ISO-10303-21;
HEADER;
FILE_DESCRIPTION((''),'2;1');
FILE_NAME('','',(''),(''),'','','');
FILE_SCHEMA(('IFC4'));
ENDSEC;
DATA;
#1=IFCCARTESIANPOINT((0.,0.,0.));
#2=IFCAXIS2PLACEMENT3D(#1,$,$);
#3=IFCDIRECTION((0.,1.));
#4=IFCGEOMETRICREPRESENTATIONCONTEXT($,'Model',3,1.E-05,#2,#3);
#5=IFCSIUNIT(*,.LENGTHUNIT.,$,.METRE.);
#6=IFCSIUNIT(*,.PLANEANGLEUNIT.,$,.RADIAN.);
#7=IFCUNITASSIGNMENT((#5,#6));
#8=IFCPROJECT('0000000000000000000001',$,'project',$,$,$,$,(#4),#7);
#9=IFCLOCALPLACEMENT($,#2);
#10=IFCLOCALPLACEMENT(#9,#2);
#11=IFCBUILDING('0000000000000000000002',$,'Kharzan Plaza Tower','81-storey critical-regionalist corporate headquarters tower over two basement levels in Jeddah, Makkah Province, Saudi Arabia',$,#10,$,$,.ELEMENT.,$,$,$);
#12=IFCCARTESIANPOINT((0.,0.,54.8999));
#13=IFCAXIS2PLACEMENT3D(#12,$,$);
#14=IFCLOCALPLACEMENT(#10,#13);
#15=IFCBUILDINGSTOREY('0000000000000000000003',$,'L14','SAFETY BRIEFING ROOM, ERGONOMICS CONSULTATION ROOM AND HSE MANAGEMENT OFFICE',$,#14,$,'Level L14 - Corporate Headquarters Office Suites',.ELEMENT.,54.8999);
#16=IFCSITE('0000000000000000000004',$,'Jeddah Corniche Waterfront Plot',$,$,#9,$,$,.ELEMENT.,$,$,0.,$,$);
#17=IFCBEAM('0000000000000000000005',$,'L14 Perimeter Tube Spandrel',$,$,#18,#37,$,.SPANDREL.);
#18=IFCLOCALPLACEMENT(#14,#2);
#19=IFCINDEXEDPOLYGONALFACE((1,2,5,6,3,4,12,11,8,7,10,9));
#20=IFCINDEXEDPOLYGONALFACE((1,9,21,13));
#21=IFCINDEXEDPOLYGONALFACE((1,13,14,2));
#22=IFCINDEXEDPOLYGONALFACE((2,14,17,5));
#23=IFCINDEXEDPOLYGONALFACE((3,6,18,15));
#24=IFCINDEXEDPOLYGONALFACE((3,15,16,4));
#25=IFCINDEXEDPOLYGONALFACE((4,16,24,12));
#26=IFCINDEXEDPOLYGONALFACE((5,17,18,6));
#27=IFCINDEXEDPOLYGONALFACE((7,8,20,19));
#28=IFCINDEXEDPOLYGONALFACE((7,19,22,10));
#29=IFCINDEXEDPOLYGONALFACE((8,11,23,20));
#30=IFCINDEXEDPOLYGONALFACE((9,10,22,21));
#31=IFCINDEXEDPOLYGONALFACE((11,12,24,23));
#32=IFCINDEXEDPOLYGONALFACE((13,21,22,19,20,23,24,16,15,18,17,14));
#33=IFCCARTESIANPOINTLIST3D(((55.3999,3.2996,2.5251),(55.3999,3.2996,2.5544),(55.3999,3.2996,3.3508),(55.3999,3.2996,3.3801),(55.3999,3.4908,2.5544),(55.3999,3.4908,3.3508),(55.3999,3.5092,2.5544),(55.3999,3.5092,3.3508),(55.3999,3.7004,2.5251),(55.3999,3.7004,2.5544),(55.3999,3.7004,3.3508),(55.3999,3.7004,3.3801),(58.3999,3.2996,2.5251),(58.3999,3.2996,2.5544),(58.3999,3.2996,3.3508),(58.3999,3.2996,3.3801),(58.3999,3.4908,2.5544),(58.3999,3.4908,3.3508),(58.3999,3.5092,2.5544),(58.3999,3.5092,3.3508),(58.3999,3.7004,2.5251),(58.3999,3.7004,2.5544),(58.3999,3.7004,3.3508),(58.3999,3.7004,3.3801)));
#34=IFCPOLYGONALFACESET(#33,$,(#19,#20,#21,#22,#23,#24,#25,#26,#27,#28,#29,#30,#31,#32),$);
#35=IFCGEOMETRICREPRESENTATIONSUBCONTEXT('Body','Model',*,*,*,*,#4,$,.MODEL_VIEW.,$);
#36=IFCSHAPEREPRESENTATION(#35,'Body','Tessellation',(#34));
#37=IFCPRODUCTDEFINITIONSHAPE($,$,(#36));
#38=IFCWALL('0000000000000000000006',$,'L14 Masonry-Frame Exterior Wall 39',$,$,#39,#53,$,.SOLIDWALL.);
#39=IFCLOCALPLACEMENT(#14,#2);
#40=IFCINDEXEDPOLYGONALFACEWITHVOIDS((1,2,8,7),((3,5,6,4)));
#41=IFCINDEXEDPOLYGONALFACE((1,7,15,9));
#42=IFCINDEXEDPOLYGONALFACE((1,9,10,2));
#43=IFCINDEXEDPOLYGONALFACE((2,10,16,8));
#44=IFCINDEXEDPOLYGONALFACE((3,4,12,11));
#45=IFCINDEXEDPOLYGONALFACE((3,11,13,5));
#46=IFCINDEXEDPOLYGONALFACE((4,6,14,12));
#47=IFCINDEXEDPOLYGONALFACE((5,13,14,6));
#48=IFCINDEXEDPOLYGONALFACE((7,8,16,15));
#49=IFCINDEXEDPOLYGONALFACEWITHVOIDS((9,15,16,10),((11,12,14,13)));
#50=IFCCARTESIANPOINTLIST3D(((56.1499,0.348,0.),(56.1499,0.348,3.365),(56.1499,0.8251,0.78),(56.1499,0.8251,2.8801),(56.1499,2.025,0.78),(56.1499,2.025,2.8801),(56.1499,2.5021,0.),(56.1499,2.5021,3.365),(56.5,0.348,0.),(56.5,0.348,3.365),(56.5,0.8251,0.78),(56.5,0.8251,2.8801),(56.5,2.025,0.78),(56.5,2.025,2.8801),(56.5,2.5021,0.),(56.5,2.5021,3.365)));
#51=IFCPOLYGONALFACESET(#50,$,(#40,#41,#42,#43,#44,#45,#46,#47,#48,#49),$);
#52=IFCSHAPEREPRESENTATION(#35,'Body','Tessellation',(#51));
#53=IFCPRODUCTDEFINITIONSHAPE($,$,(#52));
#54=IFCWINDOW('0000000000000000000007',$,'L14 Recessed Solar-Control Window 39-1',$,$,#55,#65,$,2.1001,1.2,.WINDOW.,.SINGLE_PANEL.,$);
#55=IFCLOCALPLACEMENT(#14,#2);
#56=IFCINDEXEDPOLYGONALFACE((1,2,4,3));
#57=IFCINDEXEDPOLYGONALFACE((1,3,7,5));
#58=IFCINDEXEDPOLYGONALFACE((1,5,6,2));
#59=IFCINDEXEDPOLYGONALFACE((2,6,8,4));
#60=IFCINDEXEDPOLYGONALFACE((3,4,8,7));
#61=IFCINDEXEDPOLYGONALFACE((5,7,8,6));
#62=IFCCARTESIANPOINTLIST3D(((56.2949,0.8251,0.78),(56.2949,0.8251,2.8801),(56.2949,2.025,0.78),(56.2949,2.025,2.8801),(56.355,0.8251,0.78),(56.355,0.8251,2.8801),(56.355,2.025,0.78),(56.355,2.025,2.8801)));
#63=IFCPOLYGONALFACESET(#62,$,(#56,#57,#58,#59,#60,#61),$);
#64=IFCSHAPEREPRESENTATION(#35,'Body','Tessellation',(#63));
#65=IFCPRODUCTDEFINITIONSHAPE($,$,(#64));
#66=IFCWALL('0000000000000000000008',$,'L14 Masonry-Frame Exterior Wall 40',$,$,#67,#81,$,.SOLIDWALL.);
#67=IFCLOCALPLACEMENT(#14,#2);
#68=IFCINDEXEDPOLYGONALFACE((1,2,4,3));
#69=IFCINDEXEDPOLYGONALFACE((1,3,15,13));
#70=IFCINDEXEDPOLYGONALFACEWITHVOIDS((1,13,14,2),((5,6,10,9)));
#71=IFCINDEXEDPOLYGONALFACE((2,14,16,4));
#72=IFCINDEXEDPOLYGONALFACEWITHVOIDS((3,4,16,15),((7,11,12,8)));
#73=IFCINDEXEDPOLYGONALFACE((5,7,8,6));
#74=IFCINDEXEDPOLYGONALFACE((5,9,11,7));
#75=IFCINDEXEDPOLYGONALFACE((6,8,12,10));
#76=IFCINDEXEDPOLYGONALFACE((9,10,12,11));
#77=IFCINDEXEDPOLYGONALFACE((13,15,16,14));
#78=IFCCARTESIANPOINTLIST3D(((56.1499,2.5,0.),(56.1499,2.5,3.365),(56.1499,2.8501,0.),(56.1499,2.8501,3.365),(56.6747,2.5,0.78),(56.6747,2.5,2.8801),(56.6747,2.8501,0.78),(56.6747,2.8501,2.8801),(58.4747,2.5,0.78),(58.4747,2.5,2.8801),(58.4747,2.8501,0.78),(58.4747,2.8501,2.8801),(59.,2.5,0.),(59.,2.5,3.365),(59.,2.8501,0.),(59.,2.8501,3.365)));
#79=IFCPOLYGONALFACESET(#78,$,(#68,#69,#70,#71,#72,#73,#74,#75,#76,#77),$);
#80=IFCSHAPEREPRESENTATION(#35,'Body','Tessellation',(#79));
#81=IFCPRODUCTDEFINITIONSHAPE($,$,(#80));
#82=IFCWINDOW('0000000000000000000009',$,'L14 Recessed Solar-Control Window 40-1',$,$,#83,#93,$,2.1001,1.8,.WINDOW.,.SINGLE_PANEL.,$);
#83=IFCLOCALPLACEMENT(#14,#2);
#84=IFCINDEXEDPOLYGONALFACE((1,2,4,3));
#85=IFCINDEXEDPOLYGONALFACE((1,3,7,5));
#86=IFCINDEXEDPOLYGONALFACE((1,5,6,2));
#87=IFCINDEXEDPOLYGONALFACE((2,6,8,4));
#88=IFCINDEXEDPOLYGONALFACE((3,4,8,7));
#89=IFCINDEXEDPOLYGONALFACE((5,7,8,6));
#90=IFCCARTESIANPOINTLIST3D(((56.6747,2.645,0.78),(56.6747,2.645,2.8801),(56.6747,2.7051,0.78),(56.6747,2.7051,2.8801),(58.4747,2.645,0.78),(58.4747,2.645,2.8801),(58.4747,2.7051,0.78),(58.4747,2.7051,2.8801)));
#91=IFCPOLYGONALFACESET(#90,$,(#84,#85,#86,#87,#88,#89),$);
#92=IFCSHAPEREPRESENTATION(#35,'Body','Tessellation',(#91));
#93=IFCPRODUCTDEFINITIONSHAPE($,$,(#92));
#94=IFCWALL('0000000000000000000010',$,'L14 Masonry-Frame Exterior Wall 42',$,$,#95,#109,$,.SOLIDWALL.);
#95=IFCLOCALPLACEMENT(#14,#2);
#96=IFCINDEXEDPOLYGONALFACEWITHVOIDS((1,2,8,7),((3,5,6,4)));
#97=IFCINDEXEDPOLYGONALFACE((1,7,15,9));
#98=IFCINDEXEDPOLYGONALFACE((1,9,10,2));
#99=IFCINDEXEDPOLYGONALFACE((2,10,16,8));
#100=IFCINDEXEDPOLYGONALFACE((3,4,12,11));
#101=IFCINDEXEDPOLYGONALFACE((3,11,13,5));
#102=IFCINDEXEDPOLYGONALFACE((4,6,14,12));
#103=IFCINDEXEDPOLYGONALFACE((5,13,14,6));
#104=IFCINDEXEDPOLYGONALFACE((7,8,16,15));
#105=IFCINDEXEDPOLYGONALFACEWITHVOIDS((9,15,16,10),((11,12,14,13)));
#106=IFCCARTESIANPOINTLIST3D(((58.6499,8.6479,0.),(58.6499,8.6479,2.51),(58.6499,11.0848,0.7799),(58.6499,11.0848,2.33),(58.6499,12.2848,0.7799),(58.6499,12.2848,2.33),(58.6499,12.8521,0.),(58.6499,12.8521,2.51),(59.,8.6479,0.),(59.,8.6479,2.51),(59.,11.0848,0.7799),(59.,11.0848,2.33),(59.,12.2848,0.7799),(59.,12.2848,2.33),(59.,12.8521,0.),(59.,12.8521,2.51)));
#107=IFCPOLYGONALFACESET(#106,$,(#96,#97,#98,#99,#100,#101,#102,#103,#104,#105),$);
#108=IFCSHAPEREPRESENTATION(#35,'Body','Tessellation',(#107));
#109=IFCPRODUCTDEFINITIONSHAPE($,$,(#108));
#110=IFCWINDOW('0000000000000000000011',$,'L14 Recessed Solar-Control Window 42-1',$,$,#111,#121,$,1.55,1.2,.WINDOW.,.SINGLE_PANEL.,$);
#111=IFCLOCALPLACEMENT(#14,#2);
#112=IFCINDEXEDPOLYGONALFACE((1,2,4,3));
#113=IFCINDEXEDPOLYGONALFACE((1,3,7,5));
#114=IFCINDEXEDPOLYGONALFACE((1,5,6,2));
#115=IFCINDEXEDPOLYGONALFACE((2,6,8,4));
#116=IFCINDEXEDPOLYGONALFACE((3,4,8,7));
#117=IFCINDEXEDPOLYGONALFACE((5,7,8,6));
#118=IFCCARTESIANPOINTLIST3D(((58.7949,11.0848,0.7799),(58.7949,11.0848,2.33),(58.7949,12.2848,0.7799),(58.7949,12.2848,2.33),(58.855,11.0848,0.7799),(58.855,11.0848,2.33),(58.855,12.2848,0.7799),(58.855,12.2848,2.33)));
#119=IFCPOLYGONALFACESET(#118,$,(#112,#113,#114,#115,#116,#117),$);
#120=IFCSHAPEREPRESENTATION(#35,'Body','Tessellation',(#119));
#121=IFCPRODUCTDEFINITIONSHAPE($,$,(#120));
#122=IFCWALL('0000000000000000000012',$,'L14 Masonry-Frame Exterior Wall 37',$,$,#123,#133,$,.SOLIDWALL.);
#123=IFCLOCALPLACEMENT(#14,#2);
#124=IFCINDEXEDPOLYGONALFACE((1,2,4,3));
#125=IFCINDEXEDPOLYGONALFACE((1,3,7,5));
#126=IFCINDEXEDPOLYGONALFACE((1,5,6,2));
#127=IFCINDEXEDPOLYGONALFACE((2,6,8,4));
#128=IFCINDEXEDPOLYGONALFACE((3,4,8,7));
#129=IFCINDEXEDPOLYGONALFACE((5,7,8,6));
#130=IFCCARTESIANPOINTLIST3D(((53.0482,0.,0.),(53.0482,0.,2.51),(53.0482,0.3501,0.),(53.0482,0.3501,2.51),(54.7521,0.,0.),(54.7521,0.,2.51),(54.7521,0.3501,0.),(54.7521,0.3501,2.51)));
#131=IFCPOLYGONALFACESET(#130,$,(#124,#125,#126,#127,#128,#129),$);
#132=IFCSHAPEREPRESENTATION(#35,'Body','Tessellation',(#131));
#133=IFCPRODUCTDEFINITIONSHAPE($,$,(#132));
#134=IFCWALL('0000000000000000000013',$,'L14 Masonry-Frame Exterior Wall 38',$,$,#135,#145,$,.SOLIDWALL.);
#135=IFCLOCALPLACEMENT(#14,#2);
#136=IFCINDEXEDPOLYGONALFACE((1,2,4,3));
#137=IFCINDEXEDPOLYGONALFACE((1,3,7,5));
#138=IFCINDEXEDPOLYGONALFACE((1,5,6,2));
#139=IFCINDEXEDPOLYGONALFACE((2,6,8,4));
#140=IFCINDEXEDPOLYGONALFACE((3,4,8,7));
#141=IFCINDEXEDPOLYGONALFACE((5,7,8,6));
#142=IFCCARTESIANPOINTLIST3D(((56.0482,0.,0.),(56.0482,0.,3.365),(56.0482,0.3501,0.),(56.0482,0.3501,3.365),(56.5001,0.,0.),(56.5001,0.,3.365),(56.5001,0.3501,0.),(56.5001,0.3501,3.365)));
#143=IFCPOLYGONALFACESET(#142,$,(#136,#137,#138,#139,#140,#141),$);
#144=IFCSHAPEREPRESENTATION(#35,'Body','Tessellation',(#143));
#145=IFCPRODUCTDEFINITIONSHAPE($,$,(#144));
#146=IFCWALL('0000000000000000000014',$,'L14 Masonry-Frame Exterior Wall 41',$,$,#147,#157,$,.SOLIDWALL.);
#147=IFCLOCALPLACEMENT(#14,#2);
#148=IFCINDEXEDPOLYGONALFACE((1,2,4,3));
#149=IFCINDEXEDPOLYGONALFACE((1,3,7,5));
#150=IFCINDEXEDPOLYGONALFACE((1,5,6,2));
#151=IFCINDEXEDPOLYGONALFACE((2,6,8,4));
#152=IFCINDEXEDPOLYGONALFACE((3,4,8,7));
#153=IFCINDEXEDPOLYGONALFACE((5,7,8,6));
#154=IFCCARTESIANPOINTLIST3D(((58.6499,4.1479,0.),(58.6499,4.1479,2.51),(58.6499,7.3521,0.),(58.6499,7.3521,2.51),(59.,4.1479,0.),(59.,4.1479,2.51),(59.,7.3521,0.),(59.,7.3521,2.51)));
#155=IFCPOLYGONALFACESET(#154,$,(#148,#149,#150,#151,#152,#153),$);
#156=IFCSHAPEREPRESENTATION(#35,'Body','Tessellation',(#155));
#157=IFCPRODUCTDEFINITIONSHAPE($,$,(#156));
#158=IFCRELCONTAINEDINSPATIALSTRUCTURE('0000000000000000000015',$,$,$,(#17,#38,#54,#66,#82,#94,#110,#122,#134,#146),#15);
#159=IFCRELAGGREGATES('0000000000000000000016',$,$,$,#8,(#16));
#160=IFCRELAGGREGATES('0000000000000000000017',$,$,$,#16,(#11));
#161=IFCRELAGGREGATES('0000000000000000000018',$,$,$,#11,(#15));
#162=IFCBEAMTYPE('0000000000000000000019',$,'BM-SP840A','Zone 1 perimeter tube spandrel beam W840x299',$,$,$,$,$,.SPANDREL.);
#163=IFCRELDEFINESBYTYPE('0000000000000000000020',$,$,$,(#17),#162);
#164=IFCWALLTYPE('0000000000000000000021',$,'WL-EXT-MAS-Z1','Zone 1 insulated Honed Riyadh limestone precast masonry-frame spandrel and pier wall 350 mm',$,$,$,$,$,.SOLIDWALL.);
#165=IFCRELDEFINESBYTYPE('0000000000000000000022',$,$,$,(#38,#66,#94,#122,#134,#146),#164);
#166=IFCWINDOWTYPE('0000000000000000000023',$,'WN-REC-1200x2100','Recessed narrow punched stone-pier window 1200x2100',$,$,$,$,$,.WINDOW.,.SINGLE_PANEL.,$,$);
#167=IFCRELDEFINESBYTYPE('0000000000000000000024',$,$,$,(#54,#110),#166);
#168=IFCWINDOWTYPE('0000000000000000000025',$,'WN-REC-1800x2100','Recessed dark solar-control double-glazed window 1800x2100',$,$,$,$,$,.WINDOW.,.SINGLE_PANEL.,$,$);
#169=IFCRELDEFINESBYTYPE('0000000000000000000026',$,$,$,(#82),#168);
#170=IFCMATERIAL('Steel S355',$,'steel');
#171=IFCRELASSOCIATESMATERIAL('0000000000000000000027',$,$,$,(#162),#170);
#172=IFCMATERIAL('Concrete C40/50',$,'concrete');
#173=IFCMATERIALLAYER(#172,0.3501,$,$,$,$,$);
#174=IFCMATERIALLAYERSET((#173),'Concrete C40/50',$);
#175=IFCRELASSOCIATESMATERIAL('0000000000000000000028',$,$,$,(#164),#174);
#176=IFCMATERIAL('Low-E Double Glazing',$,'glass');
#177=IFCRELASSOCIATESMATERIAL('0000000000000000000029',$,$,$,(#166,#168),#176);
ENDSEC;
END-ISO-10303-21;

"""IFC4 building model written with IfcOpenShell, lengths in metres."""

from ifc_helpers import new_model, si_unit, direction, frame, frame_2d, origin, origin_2d, place, context, subcontext, project, spatial, rectangle, i_section, extrude, source, transform, mapped, material, layer, layer_set, material_profile, profile_set, type_object, element, fill, save


model = new_model("IFC4")

# Units and contexts
model_context = context("Model", 3, precision=1e-05, world=origin(), true_north=direction((0.0, 1.0)))
body_context = subcontext(model_context, "Body", "Model", "MODEL_VIEW")
ifc_project = project(units=[si_unit("LENGTHUNIT", "METRE"), si_unit("PLANEANGLEUNIT", "RADIAN")], contexts=[model_context])

# Site, building, storey
site_placement = place(None, origin())
site = spatial("IfcSite", under=ifc_project, at=site_placement, Name="Jeddah Corniche Waterfront Plot", CompositionType="ELEMENT", RefElevation=0.0)
building_placement = place(site_placement, origin())
building = spatial("IfcBuilding", under=site, at=building_placement, Name="Kharzan Plaza Tower", Description="81-storey critical-regionalist corporate headquarters tower over two basement levels in Jeddah, Makkah Province, Saudi Arabia", CompositionType="ELEMENT")
storey_placement = place(building_placement, frame((0.0, 0.0, 54.8999)))
storey = spatial("IfcBuildingStorey", under=building, at=storey_placement, Name="L14", Description="SAFETY BRIEFING ROOM, ERGONOMICS CONSULTATION ROOM AND HSE MANAGEMENT OFFICE", LongName="Level L14 - Corporate Headquarters Office Suites", CompositionType="ELEMENT", Elevation=54.8999)

# Beam
ifc_material_1 = material(Name="Steel S355", Category="steel")
ifc_material_profile_1 = material_profile(ifc_material_1, i_section(OverallWidth=0.4009, OverallDepth=0.855, WebThickness=0.0183, FlangeThickness=0.0293, at=origin_2d()), Name="W840x299")
ifc_profile_set_1 = profile_set([ifc_material_profile_1], Name="Steel S355")
beam_type_1 = type_object("IfcBeamType", Name="BM-SP840A", Description="Zone 1 perimeter tube spandrel beam W840x299", PredefinedType="SPANDREL", material=ifc_profile_set_1)
shared_shape_1 = source(origin(), body_context, "Body", "SweptSolid", [
    extrude(i_section(OverallWidth=0.4009, OverallDepth=0.855, WebThickness=0.0183, FlangeThickness=0.0293, at=origin_2d()), origin(), (0.0, 0.0, 1.0), 3.0),
])
for number, where, z_axis, x_axis, name in (
    (1, (55.3999, 3.5, 2.9526), (1.0, 0.0, 0.0), (0.0, 1.0, 0.0), "L14 Perimeter Tube Spandrel"),
):
    element("IfcBeam", number, at=place(storey_placement, frame(where, z_axis=z_axis, x_axis=x_axis)), inside=storey, type_object=beam_type_1, Name=name, PredefinedType="SPANDREL", context=body_context, shape_type="MappedRepresentation", body=[
        mapped(shared_shape_1, transform((0.0, 0.0, 0.0), x_axis=(1.0, 0.0, 0.0), y_axis=(0.0, 1.0, 0.0), z_axis=(0.0, 0.0, 1.0))),
    ])

# Walls, openings, windows
ifc_material_2 = material(Name="Concrete C40/50", Category="concrete")
ifc_layer = layer(ifc_material_2, 0.3501)
ifc_layer_set = layer_set([ifc_layer], Name="Concrete C40/50")
wall_type = type_object("IfcWallType", Name="WL-EXT-MAS-Z1", Description="Zone 1 insulated Honed Riyadh limestone precast masonry-frame spandrel and pier wall 350 mm", PredefinedType="SOLIDWALL", material=ifc_layer_set)
wall_1_placement = place(storey_placement, frame((56.325, 0.3479, 0.0), z_axis=(0.0, 0.0, 1.0), x_axis=(0.0, 1.0, 0.0)))
wall_1 = element("IfcWall", 2, at=wall_1_placement, inside=storey, type_object=wall_type, Name="L14 Masonry-Frame Exterior Wall 39", PredefinedType="SOLIDWALL", context=body_context, shape_type="SweptSolid", body=[
    extrude(rectangle(XDim=2.1541, YDim=0.3501, at=frame_2d((1.0771, 0.0))), origin(), (0.0, 0.0, 1.0), 3.365),
])
opening_1_placement = place(wall_1_placement, frame((0.4771, 0.0, 0.78)))
opening_1 = element("IfcOpeningElement", 3, at=opening_1_placement, cuts=wall_1, PredefinedType="OPENING", context=body_context, shape_type="SweptSolid", body=[
    extrude(rectangle(XDim=1.2, YDim=2.1001, at=frame_2d((0.6001, 1.05))), frame((0.0, 0.1851, 0.0), z_axis=(0.0, -1.0, 0.0), x_axis=(1.0, 0.0, 0.0)), (0.0, 0.0, 1.0), 0.3701),
])
ifc_material_3 = material(Name="Low-E Double Glazing", Category="glass")
window_type_1 = type_object("IfcWindowType", Name="WN-REC-1200x2100", Description="Recessed narrow punched stone-pier window 1200x2100", PartitioningType="SINGLE_PANEL", PredefinedType="WINDOW", material=ifc_material_3)
shared_shape_2 = source(origin(), body_context, "Body", "SweptSolid", [
    extrude(rectangle(XDim=1.2, YDim=2.1001, at=frame_2d((0.6001, 1.05))), frame((0.0, 0.03, 0.0), z_axis=(0.0, -1.0, 0.0), x_axis=(1.0, 0.0, 0.0)), (0.0, 0.0, 1.0), 0.0601),
])
window_1_placement = place(opening_1_placement, origin())
window_1 = element("IfcWindow", 4, at=window_1_placement, inside=storey, type_object=window_type_1, Name="L14 Recessed Solar-Control Window 39-1", OverallHeight=2.1001, OverallWidth=1.2, PartitioningType="SINGLE_PANEL", PredefinedType="WINDOW", context=body_context, shape_type="MappedRepresentation", body=[
    mapped(shared_shape_2, transform((0.0, 0.0, 0.0), x_axis=(1.0, 0.0, 0.0), y_axis=(0.0, 1.0, 0.0), z_axis=(0.0, 0.0, 1.0))),
])
fill(opening_1, window_1)
wall_2_placement = place(storey_placement, frame((56.1499, 2.675, 0.0), z_axis=(0.0, 0.0, 1.0), x_axis=(1.0, 0.0, 0.0)))
wall_2 = element("IfcWall", 5, at=wall_2_placement, inside=storey, type_object=wall_type, Name="L14 Masonry-Frame Exterior Wall 40", PredefinedType="SOLIDWALL", context=body_context, shape_type="SweptSolid", body=[
    extrude(rectangle(XDim=2.8501, YDim=0.3501, at=frame_2d((1.425, 0.0))), origin(), (0.0, 0.0, 1.0), 3.365),
])
opening_2_placement = place(wall_2_placement, frame((0.5249, 0.0, 0.78)))
opening_2 = element("IfcOpeningElement", 6, at=opening_2_placement, cuts=wall_2, PredefinedType="OPENING", context=body_context, shape_type="SweptSolid", body=[
    extrude(rectangle(XDim=1.8, YDim=2.1001, at=frame_2d((0.8999, 1.05))), frame((0.0, 0.1851, 0.0), z_axis=(0.0, -1.0, 0.0), x_axis=(1.0, 0.0, 0.0)), (0.0, 0.0, 1.0), 0.3701),
])
window_type_2 = type_object("IfcWindowType", Name="WN-REC-1800x2100", Description="Recessed dark solar-control double-glazed window 1800x2100", PartitioningType="SINGLE_PANEL", PredefinedType="WINDOW", material=ifc_material_3)
shared_shape_3 = source(origin(), body_context, "Body", "SweptSolid", [
    extrude(rectangle(XDim=1.8, YDim=2.1001, at=frame_2d((0.8999, 1.05))), frame((0.0, 0.03, 0.0), z_axis=(0.0, -1.0, 0.0), x_axis=(1.0, 0.0, 0.0)), (0.0, 0.0, 1.0), 0.0601),
])
window_2_placement = place(opening_2_placement, origin())
window_2 = element("IfcWindow", 7, at=window_2_placement, inside=storey, type_object=window_type_2, Name="L14 Recessed Solar-Control Window 40-1", OverallHeight=2.1001, OverallWidth=1.8, PartitioningType="SINGLE_PANEL", PredefinedType="WINDOW", context=body_context, shape_type="MappedRepresentation", body=[
    mapped(shared_shape_3, transform((0.0, 0.0, 0.0), x_axis=(1.0, 0.0, 0.0), y_axis=(0.0, 1.0, 0.0), z_axis=(0.0, 0.0, 1.0))),
])
fill(opening_2, window_2)
wall_3_placement = place(storey_placement, frame((58.825, 8.6479, 0.0), z_axis=(0.0, 0.0, 1.0), x_axis=(0.0, 1.0, 0.0)))
wall_3 = element("IfcWall", 8, at=wall_3_placement, inside=storey, type_object=wall_type, Name="L14 Masonry-Frame Exterior Wall 42", PredefinedType="SOLIDWALL", context=body_context, shape_type="SweptSolid", body=[
    extrude(rectangle(XDim=4.2041, YDim=0.3501, at=frame_2d((2.1021, 0.0))), origin(), (0.0, 0.0, 1.0), 2.51),
])
opening_3_placement = place(wall_3_placement, frame((2.4368, 0.0, 0.78)))
opening_3 = element("IfcOpeningElement", 9, at=opening_3_placement, cuts=wall_3, PredefinedType="OPENING", context=body_context, shape_type="SweptSolid", body=[
    extrude(rectangle(XDim=1.2, YDim=1.55, at=frame_2d((0.6001, 0.7749))), frame((0.0, 0.1851, 0.0), z_axis=(0.0, -1.0, 0.0), x_axis=(1.0, 0.0, 0.0)), (0.0, 0.0, 1.0), 0.3701),
])
shared_shape_4 = source(origin(), body_context, "Body", "SweptSolid", [
    extrude(rectangle(XDim=1.2, YDim=1.55, at=frame_2d((0.6001, 0.7749))), frame((0.0, 0.03, 0.0), z_axis=(0.0, -1.0, 0.0), x_axis=(1.0, 0.0, 0.0)), (0.0, 0.0, 1.0), 0.0601),
])
window_3_placement = place(opening_3_placement, origin())
window_3 = element("IfcWindow", 10, at=window_3_placement, inside=storey, type_object=window_type_1, Name="L14 Recessed Solar-Control Window 42-1", OverallHeight=1.55, OverallWidth=1.2, PartitioningType="SINGLE_PANEL", PredefinedType="WINDOW", context=body_context, shape_type="MappedRepresentation", body=[
    mapped(shared_shape_4, transform((0.0, 0.0, 0.0), x_axis=(1.0, 0.0, 0.0), y_axis=(0.0, 1.0, 0.0), z_axis=(0.0, 0.0, 1.0))),
])
fill(opening_3, window_3)

# Walls
shared_shape_5 = source(origin(), body_context, "Body", "SweptSolid", [
    extrude(rectangle(XDim=1.7039, YDim=0.3501, at=frame_2d((0.8521, 0.0))), origin(), (0.0, 0.0, 1.0), 2.51),
])
wall_4_placement = place(storey_placement, frame((53.0481, 0.175, 0.0), z_axis=(0.0, 0.0, 1.0), x_axis=(1.0, 0.0, 0.0)))
element("IfcWall", 11, at=wall_4_placement, inside=storey, type_object=wall_type, Name="L14 Masonry-Frame Exterior Wall 37", PredefinedType="SOLIDWALL", context=body_context, shape_type="MappedRepresentation", body=[
    mapped(shared_shape_5, transform((0.0, 0.0, 0.0), x_axis=(1.0, 0.0, 0.0), y_axis=(0.0, 1.0, 0.0), z_axis=(0.0, 0.0, 1.0))),
])
shared_shape_6 = source(origin(), body_context, "Body", "SweptSolid", [
    extrude(rectangle(XDim=0.4519, YDim=0.3501, at=frame_2d((0.2261, 0.0))), origin(), (0.0, 0.0, 1.0), 3.365),
])
wall_5_placement = place(storey_placement, frame((56.0481, 0.175, 0.0), z_axis=(0.0, 0.0, 1.0), x_axis=(1.0, 0.0, 0.0)))
element("IfcWall", 12, at=wall_5_placement, inside=storey, type_object=wall_type, Name="L14 Masonry-Frame Exterior Wall 38", PredefinedType="SOLIDWALL", context=body_context, shape_type="MappedRepresentation", body=[
    mapped(shared_shape_6, transform((0.0, 0.0, 0.0), x_axis=(1.0, 0.0, 0.0), y_axis=(0.0, 1.0, 0.0), z_axis=(0.0, 0.0, 1.0))),
])
shared_shape_7 = source(origin(), body_context, "Body", "SweptSolid", [
    extrude(rectangle(XDim=3.2041, YDim=0.3501, at=frame_2d((1.6021, 0.0))), origin(), (0.0, 0.0, 1.0), 2.51),
])
wall_6_placement = place(storey_placement, frame((58.825, 4.1479, 0.0), z_axis=(0.0, 0.0, 1.0), x_axis=(0.0, 1.0, 0.0)))
element("IfcWall", 13, at=wall_6_placement, inside=storey, type_object=wall_type, Name="L14 Masonry-Frame Exterior Wall 41", PredefinedType="SOLIDWALL", context=body_context, shape_type="MappedRepresentation", body=[
    mapped(shared_shape_7, transform((0.0, 0.0, 0.0), x_axis=(1.0, 0.0, 0.0), y_axis=(0.0, 1.0, 0.0), z_axis=(0.0, 0.0, 1.0))),
])

save(model, "model.ifc")
